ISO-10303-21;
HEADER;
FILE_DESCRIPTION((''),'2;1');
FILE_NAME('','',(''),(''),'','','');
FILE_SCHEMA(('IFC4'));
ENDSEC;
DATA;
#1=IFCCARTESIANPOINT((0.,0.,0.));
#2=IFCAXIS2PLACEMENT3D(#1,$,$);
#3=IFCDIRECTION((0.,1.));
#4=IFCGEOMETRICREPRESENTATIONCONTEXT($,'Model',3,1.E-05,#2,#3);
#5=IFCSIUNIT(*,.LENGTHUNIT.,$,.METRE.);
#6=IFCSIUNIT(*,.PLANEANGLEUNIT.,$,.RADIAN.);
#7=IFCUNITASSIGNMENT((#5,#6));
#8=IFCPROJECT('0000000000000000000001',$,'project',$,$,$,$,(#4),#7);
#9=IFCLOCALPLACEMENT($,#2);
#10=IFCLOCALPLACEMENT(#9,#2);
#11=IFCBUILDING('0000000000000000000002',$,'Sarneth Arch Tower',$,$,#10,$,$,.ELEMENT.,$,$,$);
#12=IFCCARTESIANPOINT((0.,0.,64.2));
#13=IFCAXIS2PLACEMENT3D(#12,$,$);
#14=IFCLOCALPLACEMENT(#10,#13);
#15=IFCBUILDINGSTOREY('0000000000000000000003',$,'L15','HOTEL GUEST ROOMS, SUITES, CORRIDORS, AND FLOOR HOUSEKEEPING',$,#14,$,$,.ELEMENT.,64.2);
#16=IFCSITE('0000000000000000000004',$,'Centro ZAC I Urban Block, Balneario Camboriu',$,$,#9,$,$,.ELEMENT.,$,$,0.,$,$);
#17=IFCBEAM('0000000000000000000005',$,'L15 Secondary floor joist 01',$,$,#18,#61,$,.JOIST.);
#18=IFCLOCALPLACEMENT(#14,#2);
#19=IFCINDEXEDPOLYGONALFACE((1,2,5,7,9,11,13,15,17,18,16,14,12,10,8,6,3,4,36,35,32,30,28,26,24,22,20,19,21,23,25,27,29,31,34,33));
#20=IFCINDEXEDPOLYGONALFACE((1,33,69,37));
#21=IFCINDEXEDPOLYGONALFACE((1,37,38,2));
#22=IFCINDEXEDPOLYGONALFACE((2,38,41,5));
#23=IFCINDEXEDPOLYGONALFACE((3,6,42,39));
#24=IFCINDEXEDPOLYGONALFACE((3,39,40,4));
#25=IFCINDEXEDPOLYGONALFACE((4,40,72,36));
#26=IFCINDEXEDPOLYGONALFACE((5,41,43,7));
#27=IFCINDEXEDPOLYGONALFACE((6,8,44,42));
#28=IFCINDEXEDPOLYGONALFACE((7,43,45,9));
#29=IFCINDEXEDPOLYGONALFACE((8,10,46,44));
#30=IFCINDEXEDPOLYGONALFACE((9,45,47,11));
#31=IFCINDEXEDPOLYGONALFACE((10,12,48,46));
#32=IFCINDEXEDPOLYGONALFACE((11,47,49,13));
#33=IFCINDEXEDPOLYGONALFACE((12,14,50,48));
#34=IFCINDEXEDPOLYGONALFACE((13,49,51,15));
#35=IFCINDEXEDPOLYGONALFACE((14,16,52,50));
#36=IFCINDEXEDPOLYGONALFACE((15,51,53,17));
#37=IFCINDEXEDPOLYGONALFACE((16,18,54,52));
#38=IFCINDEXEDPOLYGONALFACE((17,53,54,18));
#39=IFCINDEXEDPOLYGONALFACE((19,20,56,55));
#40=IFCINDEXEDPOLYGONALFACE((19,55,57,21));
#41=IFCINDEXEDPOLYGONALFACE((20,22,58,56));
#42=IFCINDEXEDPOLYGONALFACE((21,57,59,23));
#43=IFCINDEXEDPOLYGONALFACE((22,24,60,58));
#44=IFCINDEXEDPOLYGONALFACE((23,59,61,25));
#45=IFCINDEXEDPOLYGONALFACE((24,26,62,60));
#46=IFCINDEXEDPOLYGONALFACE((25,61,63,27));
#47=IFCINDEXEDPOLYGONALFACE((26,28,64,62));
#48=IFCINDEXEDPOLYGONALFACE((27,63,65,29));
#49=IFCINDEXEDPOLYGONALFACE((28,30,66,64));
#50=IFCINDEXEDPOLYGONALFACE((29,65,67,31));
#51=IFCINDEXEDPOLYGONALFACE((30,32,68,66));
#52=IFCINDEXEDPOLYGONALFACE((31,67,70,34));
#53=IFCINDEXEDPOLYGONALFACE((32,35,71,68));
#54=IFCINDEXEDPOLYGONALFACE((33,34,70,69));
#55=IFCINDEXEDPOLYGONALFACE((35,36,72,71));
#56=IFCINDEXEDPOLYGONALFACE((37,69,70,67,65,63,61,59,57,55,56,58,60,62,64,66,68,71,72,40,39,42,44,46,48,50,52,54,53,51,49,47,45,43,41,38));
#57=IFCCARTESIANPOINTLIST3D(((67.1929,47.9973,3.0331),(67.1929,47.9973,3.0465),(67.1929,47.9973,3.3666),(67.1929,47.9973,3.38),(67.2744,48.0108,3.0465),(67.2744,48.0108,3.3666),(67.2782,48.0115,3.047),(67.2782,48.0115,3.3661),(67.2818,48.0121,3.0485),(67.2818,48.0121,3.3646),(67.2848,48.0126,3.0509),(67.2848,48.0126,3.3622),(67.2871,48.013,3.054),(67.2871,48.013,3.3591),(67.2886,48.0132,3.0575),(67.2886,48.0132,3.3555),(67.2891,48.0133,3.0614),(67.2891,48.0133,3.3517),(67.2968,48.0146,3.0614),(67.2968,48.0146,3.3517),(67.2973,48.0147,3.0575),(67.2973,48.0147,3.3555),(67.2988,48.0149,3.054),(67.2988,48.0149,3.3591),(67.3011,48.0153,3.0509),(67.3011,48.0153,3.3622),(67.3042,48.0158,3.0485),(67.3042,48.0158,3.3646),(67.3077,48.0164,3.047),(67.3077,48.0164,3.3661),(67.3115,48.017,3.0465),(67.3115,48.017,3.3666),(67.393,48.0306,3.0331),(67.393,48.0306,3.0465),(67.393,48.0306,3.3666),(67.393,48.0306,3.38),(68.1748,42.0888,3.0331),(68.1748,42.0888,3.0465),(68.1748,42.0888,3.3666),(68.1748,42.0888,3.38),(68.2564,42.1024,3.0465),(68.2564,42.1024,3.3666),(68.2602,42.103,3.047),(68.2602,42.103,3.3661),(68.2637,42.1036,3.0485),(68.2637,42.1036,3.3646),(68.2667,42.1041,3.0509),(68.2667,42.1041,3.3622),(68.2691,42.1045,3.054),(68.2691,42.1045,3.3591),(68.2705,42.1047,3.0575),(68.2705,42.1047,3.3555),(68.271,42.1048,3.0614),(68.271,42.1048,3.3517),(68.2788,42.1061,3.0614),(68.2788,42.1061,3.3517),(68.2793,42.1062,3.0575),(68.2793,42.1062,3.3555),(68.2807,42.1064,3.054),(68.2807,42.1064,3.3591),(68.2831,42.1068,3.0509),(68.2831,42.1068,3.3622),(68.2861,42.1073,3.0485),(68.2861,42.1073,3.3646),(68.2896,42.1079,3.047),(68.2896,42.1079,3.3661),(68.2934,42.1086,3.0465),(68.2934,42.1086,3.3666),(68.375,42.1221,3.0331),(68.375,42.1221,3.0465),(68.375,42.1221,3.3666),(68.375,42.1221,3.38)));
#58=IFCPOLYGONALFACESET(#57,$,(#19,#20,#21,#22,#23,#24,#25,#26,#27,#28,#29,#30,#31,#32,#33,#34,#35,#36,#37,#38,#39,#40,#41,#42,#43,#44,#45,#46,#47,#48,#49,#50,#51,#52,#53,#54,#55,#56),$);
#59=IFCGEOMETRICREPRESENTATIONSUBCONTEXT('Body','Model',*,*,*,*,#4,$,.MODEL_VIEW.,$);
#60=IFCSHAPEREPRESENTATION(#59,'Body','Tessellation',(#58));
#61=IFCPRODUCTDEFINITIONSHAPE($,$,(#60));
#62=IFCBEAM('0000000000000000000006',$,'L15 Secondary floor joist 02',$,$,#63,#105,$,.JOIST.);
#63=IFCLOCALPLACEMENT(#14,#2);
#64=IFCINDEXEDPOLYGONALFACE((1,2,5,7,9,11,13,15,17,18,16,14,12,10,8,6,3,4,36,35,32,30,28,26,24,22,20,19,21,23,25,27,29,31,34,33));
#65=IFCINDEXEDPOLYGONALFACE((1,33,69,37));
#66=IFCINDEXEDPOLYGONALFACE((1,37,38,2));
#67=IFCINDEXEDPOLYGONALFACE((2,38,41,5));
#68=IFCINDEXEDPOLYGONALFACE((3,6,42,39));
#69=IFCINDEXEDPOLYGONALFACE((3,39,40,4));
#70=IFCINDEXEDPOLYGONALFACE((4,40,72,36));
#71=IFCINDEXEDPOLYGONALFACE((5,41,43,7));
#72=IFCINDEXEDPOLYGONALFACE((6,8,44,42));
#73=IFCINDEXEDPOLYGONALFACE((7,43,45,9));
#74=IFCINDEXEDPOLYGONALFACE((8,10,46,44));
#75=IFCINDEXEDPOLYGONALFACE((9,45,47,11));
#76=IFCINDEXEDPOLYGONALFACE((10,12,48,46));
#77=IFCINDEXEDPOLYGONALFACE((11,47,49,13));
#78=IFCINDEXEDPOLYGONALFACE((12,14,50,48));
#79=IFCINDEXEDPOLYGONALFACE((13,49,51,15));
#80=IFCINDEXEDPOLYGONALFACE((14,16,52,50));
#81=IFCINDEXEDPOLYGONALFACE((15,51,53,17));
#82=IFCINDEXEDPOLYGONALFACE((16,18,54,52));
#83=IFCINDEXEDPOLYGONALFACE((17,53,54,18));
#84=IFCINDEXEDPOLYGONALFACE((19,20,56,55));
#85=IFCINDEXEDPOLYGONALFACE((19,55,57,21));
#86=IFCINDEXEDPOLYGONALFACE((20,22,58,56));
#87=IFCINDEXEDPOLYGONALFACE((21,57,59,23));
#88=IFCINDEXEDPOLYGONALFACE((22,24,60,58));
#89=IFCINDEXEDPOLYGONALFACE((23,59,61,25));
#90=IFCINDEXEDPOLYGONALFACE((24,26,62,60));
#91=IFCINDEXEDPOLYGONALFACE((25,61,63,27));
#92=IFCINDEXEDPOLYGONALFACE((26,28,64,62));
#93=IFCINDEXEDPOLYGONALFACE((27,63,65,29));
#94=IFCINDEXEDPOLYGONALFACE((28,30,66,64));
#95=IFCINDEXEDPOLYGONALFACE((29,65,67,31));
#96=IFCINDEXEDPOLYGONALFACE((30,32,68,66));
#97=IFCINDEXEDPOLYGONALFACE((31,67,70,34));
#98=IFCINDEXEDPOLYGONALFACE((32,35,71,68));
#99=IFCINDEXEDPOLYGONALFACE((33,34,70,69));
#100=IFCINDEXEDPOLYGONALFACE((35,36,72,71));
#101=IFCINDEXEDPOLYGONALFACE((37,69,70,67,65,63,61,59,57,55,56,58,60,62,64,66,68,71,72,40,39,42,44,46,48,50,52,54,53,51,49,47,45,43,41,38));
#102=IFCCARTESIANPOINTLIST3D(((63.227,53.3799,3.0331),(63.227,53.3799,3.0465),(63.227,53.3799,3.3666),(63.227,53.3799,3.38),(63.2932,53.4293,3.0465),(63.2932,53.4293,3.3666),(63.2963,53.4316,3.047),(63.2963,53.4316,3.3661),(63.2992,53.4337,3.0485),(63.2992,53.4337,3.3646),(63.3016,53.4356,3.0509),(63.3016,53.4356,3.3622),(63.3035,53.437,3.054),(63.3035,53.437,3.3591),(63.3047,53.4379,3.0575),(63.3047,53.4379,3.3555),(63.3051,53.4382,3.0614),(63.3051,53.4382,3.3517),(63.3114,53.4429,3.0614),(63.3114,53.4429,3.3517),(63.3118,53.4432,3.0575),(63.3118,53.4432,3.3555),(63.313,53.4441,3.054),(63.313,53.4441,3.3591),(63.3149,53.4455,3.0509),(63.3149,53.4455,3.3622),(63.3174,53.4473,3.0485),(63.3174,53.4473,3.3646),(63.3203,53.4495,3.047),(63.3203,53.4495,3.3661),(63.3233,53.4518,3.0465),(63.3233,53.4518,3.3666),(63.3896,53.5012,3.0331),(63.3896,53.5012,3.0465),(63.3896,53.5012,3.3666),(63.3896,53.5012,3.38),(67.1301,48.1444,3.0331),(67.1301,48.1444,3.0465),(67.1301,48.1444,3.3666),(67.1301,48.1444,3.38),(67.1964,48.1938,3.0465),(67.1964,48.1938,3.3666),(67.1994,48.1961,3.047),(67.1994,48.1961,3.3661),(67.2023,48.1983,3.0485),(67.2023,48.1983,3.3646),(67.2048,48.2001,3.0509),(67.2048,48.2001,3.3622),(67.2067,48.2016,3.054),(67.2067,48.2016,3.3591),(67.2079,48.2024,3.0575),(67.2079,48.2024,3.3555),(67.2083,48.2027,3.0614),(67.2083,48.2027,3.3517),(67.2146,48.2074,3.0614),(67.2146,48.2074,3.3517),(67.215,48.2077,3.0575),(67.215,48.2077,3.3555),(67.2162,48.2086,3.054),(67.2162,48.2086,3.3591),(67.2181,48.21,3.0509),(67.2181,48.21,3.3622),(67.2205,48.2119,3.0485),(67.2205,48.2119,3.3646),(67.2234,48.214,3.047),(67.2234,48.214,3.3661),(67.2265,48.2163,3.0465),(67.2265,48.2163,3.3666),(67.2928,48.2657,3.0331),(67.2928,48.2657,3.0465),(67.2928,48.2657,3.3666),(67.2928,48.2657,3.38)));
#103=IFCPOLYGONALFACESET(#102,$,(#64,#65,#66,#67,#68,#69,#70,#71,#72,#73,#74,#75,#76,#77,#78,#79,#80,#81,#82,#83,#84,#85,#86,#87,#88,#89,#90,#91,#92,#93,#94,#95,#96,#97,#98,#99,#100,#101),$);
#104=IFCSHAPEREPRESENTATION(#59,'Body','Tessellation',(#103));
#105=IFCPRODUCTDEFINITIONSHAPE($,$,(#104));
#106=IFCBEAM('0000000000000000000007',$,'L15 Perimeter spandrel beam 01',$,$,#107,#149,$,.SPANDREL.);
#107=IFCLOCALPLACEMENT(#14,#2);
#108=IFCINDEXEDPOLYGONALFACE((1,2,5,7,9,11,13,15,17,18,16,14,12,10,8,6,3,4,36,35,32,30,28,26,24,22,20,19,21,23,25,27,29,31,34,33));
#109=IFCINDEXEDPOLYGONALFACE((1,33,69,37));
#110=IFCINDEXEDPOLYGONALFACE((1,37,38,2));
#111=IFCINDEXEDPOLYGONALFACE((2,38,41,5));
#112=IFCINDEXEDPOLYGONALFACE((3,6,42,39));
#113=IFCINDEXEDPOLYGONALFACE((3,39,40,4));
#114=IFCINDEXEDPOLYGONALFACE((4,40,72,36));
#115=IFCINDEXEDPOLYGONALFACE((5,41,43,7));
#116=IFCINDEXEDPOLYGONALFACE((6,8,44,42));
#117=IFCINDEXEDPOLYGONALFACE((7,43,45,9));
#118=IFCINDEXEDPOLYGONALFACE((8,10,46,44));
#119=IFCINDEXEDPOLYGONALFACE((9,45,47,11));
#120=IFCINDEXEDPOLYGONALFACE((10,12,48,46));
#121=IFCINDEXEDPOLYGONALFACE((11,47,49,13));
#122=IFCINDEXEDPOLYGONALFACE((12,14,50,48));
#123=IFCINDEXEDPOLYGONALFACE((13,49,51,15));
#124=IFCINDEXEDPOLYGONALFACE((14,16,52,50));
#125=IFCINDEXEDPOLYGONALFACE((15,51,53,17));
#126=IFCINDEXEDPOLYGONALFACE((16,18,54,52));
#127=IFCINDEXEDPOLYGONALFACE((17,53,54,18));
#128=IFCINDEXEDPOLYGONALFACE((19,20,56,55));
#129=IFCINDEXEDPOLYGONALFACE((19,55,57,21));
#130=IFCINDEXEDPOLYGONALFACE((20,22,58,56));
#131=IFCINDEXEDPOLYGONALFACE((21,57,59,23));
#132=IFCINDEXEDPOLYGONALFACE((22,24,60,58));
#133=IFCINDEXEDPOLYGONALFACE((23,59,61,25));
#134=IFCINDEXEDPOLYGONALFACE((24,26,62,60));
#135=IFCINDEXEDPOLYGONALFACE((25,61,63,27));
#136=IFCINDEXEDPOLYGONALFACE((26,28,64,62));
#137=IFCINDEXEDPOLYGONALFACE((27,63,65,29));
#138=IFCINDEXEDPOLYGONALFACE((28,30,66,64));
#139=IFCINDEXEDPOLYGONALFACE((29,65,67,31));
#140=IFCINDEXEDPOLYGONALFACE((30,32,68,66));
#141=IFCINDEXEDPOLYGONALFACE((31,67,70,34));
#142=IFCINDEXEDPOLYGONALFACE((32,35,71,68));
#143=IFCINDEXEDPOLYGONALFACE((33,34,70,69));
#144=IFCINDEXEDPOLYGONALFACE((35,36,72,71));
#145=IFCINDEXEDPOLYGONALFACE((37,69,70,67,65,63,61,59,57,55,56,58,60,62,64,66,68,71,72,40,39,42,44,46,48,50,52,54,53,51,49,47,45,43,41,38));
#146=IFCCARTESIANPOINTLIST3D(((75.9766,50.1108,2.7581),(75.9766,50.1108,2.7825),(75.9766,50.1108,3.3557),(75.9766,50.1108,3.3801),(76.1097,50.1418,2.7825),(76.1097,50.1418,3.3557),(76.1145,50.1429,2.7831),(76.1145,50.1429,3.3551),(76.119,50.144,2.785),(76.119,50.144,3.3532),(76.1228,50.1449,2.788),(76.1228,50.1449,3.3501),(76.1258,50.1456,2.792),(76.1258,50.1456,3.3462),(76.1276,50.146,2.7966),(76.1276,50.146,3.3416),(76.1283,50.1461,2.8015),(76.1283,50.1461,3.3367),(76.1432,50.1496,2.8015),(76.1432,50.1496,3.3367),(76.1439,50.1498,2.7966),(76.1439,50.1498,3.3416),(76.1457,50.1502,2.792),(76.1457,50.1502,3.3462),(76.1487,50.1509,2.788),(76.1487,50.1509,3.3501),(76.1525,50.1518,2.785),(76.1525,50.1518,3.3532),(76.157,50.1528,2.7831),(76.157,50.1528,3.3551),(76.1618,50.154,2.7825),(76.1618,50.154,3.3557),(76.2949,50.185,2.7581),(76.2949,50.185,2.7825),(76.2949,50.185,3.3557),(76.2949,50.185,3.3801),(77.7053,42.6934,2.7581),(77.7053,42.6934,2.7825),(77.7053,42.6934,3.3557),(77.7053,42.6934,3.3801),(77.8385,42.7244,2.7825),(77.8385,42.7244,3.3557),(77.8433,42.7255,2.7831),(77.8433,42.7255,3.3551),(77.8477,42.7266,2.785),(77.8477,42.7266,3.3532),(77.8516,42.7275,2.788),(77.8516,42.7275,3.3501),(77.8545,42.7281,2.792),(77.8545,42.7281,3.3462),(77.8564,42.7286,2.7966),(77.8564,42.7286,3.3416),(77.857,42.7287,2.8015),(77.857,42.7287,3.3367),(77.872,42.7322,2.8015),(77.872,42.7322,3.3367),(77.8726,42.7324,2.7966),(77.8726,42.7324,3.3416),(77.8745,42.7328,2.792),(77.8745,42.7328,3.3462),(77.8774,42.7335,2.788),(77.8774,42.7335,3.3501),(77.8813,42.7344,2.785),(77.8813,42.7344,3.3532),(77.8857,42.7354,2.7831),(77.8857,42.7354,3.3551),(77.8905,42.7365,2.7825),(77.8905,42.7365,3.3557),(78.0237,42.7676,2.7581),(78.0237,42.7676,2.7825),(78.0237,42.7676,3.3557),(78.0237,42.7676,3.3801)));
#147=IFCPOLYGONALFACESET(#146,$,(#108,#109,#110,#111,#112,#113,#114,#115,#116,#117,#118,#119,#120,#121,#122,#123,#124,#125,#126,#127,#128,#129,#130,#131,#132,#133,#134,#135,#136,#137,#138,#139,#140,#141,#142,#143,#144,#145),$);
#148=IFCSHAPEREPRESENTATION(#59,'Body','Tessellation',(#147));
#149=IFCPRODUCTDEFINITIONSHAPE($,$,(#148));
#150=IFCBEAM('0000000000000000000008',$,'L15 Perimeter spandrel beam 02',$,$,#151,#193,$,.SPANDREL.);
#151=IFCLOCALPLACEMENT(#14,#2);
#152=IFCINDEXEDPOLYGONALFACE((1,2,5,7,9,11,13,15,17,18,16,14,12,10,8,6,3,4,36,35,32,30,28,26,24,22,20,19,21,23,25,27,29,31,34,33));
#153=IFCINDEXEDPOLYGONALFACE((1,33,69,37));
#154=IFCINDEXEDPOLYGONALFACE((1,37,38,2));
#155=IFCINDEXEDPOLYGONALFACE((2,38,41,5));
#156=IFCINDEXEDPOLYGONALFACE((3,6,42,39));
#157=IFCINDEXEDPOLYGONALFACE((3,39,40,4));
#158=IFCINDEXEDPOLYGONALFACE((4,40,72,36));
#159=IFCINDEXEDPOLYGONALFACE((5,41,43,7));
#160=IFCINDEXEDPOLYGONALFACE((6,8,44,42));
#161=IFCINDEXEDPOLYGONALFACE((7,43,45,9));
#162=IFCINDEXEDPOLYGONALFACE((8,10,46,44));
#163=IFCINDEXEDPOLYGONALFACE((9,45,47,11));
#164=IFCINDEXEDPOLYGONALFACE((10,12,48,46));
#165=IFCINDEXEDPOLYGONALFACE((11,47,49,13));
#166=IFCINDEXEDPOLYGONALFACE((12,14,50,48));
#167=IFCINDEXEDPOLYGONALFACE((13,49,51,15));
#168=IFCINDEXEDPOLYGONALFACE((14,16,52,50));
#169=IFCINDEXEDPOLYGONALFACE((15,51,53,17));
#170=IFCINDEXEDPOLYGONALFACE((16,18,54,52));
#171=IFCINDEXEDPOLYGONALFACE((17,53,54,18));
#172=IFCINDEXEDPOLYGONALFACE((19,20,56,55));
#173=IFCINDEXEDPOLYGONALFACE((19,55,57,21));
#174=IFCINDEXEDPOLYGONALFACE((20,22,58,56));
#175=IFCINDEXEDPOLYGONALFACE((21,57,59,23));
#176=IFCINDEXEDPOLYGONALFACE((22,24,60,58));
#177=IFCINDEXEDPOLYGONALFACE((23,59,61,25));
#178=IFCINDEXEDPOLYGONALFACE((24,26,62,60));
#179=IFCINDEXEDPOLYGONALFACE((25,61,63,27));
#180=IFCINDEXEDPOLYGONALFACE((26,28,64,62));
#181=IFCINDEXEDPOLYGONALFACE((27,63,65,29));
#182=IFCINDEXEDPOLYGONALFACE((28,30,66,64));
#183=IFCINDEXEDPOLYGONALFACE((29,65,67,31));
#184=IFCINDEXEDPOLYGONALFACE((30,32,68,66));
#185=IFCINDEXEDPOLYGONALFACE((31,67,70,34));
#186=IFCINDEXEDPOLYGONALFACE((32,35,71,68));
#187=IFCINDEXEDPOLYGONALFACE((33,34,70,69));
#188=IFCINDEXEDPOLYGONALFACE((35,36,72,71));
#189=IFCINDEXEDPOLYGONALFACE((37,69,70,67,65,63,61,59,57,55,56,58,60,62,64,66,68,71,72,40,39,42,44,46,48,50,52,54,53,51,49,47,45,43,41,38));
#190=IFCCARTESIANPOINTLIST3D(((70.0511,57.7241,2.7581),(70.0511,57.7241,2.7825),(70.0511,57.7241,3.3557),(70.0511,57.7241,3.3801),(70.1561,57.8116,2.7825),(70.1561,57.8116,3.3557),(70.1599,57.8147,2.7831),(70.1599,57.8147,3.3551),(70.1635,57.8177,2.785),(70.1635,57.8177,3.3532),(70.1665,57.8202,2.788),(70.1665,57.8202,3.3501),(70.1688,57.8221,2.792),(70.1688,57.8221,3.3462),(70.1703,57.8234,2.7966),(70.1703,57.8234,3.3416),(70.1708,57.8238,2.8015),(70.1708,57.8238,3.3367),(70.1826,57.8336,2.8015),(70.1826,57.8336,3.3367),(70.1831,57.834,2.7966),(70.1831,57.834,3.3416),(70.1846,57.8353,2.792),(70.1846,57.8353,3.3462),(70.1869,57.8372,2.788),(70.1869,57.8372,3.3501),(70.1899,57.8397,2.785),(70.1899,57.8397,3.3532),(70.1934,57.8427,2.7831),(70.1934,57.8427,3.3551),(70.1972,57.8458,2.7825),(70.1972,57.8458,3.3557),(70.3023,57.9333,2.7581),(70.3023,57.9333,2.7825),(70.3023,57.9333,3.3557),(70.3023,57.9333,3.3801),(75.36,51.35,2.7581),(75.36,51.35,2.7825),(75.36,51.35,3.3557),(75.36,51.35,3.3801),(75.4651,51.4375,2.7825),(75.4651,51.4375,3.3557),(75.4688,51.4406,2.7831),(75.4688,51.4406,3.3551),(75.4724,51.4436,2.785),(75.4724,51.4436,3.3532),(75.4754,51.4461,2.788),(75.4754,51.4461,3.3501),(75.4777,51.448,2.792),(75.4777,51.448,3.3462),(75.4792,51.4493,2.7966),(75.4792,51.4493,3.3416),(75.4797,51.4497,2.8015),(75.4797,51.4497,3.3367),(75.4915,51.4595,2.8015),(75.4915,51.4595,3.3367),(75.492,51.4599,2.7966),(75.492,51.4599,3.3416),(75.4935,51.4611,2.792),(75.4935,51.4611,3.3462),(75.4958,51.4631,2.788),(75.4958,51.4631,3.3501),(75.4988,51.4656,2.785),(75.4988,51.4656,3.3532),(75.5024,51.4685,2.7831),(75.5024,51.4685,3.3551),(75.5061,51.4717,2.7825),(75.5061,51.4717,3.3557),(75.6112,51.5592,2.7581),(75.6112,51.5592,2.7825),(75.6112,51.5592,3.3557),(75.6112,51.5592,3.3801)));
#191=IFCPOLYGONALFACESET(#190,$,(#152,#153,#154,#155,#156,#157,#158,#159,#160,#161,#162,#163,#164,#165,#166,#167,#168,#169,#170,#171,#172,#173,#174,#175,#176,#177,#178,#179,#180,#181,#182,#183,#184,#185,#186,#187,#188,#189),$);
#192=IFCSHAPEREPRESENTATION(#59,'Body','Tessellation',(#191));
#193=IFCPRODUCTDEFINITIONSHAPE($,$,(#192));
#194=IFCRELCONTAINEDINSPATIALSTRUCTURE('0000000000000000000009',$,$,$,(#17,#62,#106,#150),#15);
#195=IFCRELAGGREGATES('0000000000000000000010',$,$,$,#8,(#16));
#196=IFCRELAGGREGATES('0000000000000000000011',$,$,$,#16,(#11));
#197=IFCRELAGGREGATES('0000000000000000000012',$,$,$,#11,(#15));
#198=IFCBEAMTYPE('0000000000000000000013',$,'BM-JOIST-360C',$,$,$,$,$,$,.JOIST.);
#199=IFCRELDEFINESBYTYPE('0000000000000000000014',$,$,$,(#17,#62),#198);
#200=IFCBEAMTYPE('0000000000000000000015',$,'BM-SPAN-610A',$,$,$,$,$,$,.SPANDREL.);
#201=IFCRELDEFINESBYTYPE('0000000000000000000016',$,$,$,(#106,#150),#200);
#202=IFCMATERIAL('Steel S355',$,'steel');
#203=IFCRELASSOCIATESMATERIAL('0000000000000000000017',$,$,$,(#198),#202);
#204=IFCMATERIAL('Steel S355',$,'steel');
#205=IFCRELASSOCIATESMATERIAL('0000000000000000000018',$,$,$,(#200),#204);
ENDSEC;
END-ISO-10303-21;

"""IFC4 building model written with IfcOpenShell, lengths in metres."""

from ifc_helpers import new_model, si_unit, direction, frame, origin, origin_2d, place, context, subcontext, project, spatial, i_section, extrude, material, material_profile, profile_set, type_object, element, save


model = new_model("IFC4")

# Units and contexts
model_context = context("Model", 3, precision=1e-05, world=origin(), true_north=direction((0.0, 1.0)))
body_context = subcontext(model_context, "Body", "Model", "MODEL_VIEW")
ifc_project = project(units=[si_unit("LENGTHUNIT", "METRE"), si_unit("PLANEANGLEUNIT", "RADIAN")], contexts=[model_context])

# Site, building, storey
site_placement = place(None, origin())
site = spatial("IfcSite", under=ifc_project, at=site_placement, Name="Centro ZAC I Urban Block, Balneario Camboriu", CompositionType="ELEMENT", RefElevation=0.0)
building_placement = place(site_placement, origin())
building = spatial("IfcBuilding", under=site, at=building_placement, Name="Sarneth Arch Tower", CompositionType="ELEMENT")
storey_placement = place(building_placement, frame((0.0, 0.0, 64.2)))
storey = spatial("IfcBuildingStorey", under=building, at=storey_placement, Name="L15", Description="HOTEL GUEST ROOMS, SUITES, CORRIDORS, AND FLOOR HOUSEKEEPING", CompositionType="ELEMENT", Elevation=64.2)

# Beams
ifc_material_1 = material(Name="Steel S355", Category="steel")
ifc_material_profile_1 = material_profile(ifc_material_1, i_section(OverallWidth=0.2029, OverallDepth=0.3469, WebThickness=0.0078, FlangeThickness=0.0134, FilletRadius=0.0149, at=origin_2d()), Name="W360x64")
ifc_profile_set_1 = profile_set([ifc_material_profile_1], Name="Steel S355")
beam_type_1 = type_object("IfcBeamType", Name="BM-JOIST-360C", PredefinedType="JOIST", material=ifc_profile_set_1)
beam_1_placement = place(storey_placement, frame((68.2749, 42.1055, 3.2065), z_axis=(-0.163943, 0.98647, 0.0), x_axis=(-0.98647, -0.163943, 0.0)))
element("IfcBeam", 1, at=beam_1_placement, inside=storey, type_object=beam_type_1, Name="L15 Secondary floor joist 01", PredefinedType="JOIST", context=body_context, shape_type="SweptSolid", body=[
    extrude(i_section(OverallWidth=0.2029, OverallDepth=0.3469, WebThickness=0.0078, FlangeThickness=0.0134, FilletRadius=0.0149, at=origin_2d()), origin(), (0.0, 0.0, 1.0), 5.9895),
])
beam_2_placement = place(storey_placement, frame((67.2114, 48.2051, 3.2065), z_axis=(-0.5977, 0.801719, 0.0), x_axis=(-0.801719, -0.5977, 0.0)))
element("IfcBeam", 2, at=beam_2_placement, inside=storey, type_object=beam_type_1, Name="L15 Secondary floor joist 02", PredefinedType="JOIST", context=body_context, shape_type="SweptSolid", body=[
    extrude(i_section(OverallWidth=0.2029, OverallDepth=0.3469, WebThickness=0.0078, FlangeThickness=0.0134, FilletRadius=0.0149, at=origin_2d()), origin(), (0.0, 0.0, 1.0), 6.5303),
])
ifc_material_2 = material(Name="Steel S355", Category="steel")
ifc_material_profile_2 = material_profile(ifc_material_2, i_section(OverallWidth=0.3269, OverallDepth=0.6221, WebThickness=0.0154, FlangeThickness=0.0244, FilletRadius=0.019, at=origin_2d()), Name="W610x195")
ifc_profile_set_2 = profile_set([ifc_material_profile_2], Name="Steel S355")
beam_type_2 = type_object("IfcBeamType", Name="BM-SPAN-610A", PredefinedType="SPANDREL", material=ifc_profile_set_2)
beam_3_placement = place(storey_placement, frame((77.8645, 42.7305, 3.0691), z_axis=(-0.226982, 0.973899, 0.0), x_axis=(-0.973899, -0.226982, 0.0)))
element("IfcBeam", 3, at=beam_3_placement, inside=storey, type_object=beam_type_2, Name="L15 Perimeter spandrel beam 01", PredefinedType="SPANDREL", context=body_context, shape_type="SweptSolid", body=[
    extrude(i_section(OverallWidth=0.3269, OverallDepth=0.6221, WebThickness=0.0154, FlangeThickness=0.0244, FilletRadius=0.019, at=origin_2d()), origin(), (0.0, 0.0, 1.0), 7.6162),
])
beam_4_placement = place(storey_placement, frame((75.4856, 51.4546, 3.0691), z_axis=(-0.639982, 0.76839, 0.0), x_axis=(-0.76839, -0.639982, 0.0)))
element("IfcBeam", 4, at=beam_4_placement, inside=storey, type_object=beam_type_2, Name="L15 Perimeter spandrel beam 02", PredefinedType="SPANDREL", context=body_context, shape_type="SweptSolid", body=[
    extrude(i_section(OverallWidth=0.3269, OverallDepth=0.6221, WebThickness=0.0154, FlangeThickness=0.0244, FilletRadius=0.019, at=origin_2d()), origin(), (0.0, 0.0, 1.0), 8.2954),
])

save(model, "model.ifc")
